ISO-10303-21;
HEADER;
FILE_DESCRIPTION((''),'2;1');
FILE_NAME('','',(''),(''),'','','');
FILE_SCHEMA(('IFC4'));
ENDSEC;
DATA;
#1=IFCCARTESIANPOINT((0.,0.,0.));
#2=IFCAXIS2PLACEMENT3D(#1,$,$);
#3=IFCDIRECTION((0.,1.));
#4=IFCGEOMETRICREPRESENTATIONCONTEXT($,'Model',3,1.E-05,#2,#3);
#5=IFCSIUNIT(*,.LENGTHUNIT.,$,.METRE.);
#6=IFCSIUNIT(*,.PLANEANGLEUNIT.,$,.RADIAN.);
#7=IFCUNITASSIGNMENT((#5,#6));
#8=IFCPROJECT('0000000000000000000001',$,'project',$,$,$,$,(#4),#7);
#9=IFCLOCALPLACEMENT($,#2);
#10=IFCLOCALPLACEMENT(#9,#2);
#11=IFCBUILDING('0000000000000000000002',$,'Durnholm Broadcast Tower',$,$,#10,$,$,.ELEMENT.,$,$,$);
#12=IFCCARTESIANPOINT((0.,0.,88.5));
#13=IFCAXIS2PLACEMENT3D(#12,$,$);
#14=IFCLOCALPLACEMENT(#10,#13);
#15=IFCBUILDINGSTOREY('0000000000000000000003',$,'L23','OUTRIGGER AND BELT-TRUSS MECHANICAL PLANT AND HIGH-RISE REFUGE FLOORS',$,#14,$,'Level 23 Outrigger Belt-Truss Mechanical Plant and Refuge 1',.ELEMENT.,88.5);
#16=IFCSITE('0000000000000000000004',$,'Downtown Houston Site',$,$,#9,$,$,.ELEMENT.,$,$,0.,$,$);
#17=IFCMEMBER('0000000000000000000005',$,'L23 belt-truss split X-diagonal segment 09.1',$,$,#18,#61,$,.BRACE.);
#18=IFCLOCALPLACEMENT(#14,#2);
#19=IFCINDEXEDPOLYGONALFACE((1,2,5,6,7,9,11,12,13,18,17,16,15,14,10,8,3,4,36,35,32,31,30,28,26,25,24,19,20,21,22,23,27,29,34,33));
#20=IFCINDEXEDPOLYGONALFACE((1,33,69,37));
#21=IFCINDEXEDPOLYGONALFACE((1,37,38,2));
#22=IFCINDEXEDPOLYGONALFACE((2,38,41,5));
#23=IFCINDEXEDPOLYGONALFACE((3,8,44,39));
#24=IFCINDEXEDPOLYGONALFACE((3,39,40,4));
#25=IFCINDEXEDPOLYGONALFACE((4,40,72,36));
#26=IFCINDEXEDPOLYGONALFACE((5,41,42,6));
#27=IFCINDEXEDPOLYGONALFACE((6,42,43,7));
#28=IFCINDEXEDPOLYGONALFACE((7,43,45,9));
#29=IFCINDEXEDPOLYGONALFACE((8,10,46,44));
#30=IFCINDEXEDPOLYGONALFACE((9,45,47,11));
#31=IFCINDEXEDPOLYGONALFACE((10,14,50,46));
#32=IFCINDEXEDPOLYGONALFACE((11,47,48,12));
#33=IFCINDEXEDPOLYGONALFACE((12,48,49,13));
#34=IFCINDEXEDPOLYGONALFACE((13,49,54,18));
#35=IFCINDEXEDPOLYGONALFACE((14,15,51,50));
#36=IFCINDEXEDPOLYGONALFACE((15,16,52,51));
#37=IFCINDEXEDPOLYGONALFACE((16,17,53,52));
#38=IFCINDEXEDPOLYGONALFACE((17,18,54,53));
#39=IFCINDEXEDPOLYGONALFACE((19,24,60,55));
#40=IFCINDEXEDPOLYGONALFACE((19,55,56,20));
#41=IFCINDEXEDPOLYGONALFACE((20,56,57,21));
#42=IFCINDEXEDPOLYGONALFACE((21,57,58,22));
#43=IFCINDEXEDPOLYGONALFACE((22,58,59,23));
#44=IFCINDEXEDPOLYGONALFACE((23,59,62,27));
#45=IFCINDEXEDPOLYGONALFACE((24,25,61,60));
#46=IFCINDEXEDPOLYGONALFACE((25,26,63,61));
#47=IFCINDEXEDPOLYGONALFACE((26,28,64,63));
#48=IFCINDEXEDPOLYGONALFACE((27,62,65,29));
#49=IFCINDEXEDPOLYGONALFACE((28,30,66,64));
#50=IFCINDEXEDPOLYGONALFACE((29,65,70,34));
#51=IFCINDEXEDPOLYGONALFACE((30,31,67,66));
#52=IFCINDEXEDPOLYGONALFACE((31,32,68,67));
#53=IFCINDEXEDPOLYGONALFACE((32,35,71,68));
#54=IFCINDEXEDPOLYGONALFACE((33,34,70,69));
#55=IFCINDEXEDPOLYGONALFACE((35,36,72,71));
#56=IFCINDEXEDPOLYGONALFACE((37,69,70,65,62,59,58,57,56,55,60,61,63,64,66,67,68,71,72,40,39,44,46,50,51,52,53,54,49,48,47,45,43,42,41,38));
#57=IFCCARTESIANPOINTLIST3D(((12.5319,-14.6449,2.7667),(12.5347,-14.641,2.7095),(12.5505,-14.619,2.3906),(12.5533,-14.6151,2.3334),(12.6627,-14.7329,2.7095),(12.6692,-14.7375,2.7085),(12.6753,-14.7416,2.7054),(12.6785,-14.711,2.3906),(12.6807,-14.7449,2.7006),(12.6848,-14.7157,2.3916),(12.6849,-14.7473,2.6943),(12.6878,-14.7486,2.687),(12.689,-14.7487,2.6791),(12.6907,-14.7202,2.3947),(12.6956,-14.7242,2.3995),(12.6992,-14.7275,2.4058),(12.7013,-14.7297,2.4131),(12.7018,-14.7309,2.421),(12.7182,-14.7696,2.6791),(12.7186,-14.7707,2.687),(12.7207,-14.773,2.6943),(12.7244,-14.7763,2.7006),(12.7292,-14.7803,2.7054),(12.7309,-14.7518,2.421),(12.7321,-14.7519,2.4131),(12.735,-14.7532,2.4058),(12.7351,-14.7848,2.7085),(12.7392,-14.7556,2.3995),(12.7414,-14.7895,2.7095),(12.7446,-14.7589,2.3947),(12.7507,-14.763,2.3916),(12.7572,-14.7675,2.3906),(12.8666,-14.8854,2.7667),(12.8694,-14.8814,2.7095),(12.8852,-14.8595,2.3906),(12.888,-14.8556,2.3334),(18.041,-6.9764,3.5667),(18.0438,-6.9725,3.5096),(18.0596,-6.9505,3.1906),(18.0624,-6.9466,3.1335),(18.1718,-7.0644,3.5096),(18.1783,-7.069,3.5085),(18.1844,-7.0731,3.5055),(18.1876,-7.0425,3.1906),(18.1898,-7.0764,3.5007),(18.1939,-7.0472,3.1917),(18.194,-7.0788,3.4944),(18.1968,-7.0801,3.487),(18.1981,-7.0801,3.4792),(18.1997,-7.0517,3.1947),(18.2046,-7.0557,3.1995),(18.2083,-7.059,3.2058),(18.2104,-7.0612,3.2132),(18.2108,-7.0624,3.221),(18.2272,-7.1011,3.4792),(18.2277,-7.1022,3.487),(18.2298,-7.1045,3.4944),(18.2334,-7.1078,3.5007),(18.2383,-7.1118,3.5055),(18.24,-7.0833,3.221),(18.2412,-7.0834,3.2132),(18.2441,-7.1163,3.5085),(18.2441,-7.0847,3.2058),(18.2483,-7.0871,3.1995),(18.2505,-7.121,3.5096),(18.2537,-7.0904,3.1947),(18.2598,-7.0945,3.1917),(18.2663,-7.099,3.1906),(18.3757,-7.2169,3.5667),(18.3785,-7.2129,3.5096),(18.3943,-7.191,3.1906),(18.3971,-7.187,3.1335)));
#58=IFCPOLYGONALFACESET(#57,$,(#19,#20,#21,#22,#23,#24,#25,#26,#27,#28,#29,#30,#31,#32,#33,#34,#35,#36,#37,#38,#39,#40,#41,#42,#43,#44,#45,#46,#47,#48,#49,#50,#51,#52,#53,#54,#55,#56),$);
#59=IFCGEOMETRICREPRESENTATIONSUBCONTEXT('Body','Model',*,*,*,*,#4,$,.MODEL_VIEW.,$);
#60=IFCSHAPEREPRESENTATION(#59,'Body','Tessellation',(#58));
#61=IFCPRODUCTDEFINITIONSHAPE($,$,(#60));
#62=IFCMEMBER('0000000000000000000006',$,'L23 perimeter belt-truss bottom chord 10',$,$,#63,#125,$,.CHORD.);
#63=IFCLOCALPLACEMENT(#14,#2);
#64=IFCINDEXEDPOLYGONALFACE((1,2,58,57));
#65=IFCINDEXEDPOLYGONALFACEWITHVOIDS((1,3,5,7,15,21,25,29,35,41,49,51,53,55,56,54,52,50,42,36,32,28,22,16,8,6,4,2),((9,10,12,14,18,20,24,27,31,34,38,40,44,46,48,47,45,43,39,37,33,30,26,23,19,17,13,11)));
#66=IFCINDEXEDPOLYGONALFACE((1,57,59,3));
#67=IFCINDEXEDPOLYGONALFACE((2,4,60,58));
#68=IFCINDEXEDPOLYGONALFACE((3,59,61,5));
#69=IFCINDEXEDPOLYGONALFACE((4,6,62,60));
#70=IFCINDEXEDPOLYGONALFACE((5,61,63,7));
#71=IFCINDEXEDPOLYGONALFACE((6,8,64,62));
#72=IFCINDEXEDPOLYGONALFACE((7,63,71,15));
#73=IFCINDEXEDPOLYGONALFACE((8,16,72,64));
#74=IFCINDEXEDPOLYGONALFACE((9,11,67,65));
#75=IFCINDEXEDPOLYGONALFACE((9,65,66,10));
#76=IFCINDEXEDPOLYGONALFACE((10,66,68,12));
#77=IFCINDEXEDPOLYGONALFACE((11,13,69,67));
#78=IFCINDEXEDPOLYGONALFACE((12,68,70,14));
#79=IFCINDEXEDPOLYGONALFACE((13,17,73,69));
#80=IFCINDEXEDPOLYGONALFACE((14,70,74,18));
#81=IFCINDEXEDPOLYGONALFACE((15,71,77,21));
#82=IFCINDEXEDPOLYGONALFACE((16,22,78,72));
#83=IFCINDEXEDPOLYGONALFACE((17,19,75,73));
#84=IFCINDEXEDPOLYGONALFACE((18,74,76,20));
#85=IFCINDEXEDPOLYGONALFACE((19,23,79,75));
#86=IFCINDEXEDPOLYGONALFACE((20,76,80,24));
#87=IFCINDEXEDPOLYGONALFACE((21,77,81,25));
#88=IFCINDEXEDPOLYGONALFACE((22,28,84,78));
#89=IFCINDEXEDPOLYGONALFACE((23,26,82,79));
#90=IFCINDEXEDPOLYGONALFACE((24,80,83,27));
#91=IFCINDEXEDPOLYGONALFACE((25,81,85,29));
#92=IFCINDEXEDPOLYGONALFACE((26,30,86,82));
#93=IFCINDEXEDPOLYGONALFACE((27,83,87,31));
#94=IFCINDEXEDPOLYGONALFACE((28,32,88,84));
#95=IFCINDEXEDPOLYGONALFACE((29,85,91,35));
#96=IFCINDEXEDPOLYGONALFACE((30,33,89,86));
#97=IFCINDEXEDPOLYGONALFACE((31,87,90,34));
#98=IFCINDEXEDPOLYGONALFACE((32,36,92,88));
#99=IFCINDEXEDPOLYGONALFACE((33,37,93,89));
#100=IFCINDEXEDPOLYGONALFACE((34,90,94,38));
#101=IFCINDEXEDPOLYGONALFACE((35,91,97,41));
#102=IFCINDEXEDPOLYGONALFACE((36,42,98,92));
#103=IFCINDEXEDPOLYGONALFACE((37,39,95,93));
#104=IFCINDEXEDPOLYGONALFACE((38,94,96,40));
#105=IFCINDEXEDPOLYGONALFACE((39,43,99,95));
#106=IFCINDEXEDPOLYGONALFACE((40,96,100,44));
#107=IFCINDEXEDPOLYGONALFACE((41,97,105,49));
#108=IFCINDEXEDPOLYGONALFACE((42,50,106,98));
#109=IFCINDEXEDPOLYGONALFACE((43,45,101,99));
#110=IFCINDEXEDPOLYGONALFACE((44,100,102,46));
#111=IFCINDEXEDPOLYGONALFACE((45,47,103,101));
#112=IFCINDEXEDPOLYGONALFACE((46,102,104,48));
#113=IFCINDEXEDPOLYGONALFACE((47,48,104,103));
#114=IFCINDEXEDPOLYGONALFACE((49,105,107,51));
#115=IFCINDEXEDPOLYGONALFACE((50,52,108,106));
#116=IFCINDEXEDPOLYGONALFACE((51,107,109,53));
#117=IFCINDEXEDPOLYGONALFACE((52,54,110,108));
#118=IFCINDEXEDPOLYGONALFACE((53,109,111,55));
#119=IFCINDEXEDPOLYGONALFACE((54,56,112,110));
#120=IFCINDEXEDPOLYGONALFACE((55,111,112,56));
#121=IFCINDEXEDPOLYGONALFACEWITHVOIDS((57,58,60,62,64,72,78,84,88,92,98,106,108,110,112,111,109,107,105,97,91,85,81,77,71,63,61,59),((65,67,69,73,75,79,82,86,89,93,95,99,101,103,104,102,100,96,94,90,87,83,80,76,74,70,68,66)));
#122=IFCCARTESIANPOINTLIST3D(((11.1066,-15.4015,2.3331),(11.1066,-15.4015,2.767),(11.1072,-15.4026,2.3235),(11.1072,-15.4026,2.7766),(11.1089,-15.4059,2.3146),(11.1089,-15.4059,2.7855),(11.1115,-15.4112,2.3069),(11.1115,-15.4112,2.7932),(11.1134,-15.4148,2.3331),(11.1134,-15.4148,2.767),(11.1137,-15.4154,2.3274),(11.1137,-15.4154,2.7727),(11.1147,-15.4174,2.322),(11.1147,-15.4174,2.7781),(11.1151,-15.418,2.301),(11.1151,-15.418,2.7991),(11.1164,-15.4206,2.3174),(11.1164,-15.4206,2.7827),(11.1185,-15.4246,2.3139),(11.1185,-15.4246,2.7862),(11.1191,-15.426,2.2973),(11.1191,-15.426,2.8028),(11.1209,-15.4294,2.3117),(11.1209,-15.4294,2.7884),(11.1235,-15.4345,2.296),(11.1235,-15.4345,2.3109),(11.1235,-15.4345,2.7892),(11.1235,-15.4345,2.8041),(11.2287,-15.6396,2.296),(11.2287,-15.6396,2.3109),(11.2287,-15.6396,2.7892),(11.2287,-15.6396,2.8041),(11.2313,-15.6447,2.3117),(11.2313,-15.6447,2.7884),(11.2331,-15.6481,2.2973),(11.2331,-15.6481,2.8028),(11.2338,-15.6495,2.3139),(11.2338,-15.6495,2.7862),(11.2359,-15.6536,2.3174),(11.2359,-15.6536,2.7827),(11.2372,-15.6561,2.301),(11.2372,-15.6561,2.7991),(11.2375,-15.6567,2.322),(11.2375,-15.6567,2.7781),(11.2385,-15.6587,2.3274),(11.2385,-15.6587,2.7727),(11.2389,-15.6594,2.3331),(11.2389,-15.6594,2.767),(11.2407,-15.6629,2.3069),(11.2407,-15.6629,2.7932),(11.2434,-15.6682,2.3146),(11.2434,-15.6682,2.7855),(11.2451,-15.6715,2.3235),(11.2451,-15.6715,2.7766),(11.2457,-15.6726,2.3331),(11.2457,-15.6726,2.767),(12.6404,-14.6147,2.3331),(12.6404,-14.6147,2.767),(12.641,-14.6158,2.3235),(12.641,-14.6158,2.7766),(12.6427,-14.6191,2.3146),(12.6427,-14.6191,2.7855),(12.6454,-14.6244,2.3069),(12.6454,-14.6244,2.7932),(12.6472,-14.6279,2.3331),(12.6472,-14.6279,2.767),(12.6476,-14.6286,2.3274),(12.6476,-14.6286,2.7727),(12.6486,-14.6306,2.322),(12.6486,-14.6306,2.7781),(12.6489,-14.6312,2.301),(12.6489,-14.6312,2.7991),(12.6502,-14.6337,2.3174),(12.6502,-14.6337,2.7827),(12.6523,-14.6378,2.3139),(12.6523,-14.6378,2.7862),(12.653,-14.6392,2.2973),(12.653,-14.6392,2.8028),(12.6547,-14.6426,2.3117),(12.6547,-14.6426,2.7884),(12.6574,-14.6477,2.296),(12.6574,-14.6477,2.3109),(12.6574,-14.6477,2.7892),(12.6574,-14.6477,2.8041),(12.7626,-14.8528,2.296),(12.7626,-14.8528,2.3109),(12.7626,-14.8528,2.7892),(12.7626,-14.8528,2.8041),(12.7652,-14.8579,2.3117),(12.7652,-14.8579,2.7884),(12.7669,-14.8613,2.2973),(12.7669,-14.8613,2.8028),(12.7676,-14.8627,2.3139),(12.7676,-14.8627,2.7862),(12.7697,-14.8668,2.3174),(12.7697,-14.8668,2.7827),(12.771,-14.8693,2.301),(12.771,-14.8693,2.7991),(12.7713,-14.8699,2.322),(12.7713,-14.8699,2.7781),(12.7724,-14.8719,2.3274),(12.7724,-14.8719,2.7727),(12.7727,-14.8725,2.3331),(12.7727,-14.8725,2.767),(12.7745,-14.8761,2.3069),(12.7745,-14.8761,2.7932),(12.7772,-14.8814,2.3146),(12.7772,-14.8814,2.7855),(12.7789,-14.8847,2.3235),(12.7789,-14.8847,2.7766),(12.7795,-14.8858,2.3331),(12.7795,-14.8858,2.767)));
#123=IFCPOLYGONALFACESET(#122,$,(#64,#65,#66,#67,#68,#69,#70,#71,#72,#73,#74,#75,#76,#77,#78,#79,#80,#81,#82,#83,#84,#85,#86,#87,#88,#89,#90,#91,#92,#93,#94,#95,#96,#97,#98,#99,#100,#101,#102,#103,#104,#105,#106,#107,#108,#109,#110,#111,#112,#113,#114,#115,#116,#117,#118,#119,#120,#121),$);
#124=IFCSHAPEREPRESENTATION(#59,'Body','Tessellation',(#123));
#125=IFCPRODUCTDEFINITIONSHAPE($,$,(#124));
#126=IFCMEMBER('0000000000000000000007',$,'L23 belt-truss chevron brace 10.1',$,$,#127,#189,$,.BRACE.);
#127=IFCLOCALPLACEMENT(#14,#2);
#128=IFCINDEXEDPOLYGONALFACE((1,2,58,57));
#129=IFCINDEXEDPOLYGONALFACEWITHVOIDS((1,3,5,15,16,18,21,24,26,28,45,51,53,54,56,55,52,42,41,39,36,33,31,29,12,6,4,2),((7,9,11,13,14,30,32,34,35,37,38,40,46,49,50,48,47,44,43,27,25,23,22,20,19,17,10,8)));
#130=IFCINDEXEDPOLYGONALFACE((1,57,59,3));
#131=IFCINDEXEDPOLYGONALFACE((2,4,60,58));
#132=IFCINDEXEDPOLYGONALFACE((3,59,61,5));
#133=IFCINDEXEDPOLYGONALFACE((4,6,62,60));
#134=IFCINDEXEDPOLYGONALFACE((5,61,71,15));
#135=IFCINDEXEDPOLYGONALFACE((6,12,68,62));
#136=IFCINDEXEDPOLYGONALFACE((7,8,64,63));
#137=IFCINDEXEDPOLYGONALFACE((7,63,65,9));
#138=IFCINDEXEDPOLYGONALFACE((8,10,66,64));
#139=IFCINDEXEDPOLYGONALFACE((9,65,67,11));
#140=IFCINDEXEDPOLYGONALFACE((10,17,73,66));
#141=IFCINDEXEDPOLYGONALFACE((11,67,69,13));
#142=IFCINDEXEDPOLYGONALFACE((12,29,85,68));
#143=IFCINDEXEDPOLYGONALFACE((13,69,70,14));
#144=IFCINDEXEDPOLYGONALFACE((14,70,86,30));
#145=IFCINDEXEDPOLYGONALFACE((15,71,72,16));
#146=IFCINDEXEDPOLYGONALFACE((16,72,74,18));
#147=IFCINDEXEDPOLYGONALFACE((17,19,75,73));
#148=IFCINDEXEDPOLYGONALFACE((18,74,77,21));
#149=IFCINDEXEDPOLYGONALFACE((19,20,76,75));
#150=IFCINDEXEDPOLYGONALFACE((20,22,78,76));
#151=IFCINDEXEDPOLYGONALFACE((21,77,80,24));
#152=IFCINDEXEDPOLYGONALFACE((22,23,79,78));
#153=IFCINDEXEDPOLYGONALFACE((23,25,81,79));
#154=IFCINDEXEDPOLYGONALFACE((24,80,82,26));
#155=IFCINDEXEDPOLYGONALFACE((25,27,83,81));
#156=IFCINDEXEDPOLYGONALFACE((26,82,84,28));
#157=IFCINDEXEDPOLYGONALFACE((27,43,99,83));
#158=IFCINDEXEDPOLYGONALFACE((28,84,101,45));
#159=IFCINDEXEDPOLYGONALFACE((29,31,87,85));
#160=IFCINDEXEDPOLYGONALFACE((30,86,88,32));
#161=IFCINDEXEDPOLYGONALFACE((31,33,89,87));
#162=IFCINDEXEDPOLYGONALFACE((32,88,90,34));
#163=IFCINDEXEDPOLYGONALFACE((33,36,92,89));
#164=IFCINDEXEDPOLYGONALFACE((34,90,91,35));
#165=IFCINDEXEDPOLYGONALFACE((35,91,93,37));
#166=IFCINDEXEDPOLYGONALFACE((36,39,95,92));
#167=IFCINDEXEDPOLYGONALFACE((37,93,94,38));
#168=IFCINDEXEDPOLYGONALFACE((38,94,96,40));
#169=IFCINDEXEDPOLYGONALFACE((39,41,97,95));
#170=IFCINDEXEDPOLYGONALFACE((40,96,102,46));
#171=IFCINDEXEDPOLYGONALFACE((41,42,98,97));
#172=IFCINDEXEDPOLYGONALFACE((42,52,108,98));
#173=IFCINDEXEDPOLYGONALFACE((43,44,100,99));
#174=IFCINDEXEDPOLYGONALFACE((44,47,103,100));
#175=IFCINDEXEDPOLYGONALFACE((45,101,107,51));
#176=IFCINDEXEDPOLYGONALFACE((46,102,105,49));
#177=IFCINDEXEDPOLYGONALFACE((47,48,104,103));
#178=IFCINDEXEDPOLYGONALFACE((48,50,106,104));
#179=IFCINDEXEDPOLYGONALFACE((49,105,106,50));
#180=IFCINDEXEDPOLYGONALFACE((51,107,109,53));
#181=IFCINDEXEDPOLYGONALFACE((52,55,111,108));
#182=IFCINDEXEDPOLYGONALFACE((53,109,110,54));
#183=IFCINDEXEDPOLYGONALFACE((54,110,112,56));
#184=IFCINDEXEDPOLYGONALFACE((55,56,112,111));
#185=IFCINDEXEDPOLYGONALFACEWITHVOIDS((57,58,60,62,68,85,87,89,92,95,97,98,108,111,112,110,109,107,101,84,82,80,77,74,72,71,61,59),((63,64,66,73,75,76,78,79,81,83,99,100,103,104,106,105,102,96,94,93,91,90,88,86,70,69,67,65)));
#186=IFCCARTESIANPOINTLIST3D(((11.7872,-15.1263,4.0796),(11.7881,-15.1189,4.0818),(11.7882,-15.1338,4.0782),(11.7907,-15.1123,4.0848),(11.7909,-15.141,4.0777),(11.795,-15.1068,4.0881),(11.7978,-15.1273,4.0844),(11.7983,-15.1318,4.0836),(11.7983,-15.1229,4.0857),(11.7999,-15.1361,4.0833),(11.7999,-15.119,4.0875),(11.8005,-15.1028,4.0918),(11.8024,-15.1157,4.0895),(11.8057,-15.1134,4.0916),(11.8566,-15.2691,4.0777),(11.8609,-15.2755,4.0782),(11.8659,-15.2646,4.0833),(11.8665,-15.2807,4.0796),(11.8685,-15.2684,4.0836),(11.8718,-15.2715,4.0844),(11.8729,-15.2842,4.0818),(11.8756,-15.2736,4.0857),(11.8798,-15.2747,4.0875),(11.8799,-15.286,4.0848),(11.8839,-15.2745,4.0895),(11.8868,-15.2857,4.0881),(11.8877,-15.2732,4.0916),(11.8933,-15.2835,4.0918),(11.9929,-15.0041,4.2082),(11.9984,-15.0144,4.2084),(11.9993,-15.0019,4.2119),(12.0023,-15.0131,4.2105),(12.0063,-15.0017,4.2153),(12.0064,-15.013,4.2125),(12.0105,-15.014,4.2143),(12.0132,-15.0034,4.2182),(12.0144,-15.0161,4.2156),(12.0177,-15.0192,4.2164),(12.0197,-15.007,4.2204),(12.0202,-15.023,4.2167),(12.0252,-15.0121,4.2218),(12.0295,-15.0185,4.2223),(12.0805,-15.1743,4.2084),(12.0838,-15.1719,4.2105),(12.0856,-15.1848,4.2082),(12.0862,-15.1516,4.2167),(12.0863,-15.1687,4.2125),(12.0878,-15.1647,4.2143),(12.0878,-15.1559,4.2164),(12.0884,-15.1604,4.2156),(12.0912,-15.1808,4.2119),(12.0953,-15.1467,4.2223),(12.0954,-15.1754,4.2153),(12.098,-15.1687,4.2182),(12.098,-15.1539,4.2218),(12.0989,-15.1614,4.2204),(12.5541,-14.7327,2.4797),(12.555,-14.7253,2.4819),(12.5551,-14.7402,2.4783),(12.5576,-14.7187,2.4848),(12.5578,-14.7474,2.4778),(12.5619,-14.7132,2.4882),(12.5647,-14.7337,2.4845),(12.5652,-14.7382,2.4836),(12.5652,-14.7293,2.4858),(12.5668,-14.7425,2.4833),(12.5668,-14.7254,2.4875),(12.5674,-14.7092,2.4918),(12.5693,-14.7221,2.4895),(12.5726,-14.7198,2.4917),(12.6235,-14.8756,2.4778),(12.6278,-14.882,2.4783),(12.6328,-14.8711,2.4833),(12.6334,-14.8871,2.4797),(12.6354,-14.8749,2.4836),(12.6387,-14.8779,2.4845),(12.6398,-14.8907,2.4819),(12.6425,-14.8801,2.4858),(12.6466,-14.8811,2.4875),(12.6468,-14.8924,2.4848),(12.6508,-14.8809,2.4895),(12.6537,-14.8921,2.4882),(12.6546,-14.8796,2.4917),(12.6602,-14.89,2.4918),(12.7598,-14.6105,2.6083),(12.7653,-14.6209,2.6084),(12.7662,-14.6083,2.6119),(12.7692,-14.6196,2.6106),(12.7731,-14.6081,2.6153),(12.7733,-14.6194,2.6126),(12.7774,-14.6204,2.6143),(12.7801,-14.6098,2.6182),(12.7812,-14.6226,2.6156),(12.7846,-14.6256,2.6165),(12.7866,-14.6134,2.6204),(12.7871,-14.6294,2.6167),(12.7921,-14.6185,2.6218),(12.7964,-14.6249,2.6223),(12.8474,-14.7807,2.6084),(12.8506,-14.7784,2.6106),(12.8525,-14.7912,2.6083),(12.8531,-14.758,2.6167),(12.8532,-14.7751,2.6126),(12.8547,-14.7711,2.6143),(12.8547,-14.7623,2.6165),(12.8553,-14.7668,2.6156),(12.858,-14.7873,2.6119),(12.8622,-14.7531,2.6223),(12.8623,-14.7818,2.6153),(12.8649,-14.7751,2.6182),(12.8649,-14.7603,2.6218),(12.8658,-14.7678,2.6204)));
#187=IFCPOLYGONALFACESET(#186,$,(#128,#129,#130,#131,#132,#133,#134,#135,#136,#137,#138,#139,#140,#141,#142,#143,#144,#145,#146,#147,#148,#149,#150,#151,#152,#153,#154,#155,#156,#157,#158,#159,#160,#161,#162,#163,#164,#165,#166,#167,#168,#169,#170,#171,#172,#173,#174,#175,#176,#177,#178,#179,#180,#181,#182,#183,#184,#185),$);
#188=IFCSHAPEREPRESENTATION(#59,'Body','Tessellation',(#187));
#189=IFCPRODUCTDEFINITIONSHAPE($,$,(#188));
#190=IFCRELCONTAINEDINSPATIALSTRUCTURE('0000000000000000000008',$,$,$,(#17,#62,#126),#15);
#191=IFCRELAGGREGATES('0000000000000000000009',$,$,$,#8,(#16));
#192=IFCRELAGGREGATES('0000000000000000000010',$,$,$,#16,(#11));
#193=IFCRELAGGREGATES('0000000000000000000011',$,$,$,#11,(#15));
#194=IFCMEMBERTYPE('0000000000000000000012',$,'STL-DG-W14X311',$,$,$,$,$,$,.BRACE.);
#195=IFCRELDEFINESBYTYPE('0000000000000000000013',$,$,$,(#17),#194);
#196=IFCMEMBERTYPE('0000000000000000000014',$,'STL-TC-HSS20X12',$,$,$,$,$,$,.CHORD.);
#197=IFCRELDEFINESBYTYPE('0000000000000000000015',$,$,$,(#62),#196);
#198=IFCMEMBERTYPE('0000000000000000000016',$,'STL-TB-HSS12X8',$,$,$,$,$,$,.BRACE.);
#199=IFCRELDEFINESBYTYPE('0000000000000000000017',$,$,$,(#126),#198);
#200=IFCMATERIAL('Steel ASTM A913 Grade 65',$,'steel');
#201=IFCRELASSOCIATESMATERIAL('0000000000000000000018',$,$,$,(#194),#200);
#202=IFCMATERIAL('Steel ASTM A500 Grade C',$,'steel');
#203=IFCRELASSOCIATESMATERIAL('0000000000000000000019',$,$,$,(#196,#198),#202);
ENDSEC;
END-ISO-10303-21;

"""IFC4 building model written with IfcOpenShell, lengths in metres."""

from ifc_helpers import new_model, si_unit, direction, frame, origin, origin_2d, place, context, subcontext, project, spatial, hollow_rectangle, i_section, extrude, source, transform, mapped, material, material_profile, profile_set, type_object, type_shapes, element, save


model = new_model("IFC4")

# Units and contexts
model_context = context("Model", 3, precision=1e-05, world=origin(), true_north=direction((0.0, 1.0)))
body_context = subcontext(model_context, "Body", "Model", "MODEL_VIEW")
ifc_project = project(units=[si_unit("LENGTHUNIT", "METRE"), si_unit("PLANEANGLEUNIT", "RADIAN")], contexts=[model_context])

# Site, building, storey
site_placement = place(None, origin())
site = spatial("IfcSite", under=ifc_project, at=site_placement, Name="Downtown Houston Site", CompositionType="ELEMENT", RefElevation=0.0)
building_placement = place(site_placement, origin())
building = spatial("IfcBuilding", under=site, at=building_placement, Name="Durnholm Broadcast Tower", CompositionType="ELEMENT")
storey_placement = place(building_placement, frame((0.0, 0.0, 88.5)))
storey = spatial("IfcBuildingStorey", under=building, at=storey_placement, Name="L23", Description="OUTRIGGER AND BELT-TRUSS MECHANICAL PLANT AND HIGH-RISE REFUGE FLOORS", LongName="Level 23 Outrigger Belt-Truss Mechanical Plant and Refuge 1", CompositionType="ELEMENT", Elevation=88.5)

# Members
ifc_material_1 = material(Name="Steel ASTM A913 Grade 65", Category="steel")
ifc_material_profile_1 = material_profile(ifc_material_1, i_section(OverallWidth=0.4121, OverallDepth=0.4348, WebThickness=0.0359, FlangeThickness=0.0574, FilletRadius=0.0305, at=origin_2d()), Name="W14X311")
ifc_profile_set_1 = profile_set([ifc_material_profile_1], Name="Steel ASTM A913 Grade 65")
member_type_1 = type_object("IfcMemberType", Name="STL-DG-W14X311", PredefinedType="BRACE", material=ifc_profile_set_1)
shared_shape_1 = source(origin(), body_context, "Body", "SweptSolid", [
    extrude(i_section(OverallWidth=0.4121, OverallDepth=0.4348, WebThickness=0.0359, FlangeThickness=0.0574, FilletRadius=0.0305, at=origin_2d()), origin(), (0.0, 0.0, 1.0), 9.4761),
])
type_shapes(member_type_1, [shared_shape_1])
member_1_placement = place(storey_placement, frame((12.71, -14.7502, 2.55), z_axis=(0.581366, 0.80925, 0.084429), x_axis=(-0.812149, 0.58345, 0.0)))
element("IfcMember", 1, at=member_1_placement, inside=storey, type_object=member_type_1, Name="L23 belt-truss split X-diagonal segment 09.1", PredefinedType="BRACE", context=body_context, shape_type="MappedRepresentation", body=[
    mapped(shared_shape_1, transform((0.0, 0.0, 0.0), x_axis=(1.0, 0.0, 0.0), y_axis=(0.0, 1.0, 0.0), z_axis=(0.0, 0.0, 1.0), scale=1.0)),
])
ifc_material_2 = material(Name="Steel ASTM A500 Grade C", Category="steel")
ifc_material_profile_2 = material_profile(ifc_material_2, hollow_rectangle(XDim=0.3047, YDim=0.5081, WallThickness=0.0149, InnerFilletRadius=0.0222, OuterFilletRadius=0.0371, at=origin_2d()), Name="HSS20X12X5/8")
ifc_profile_set_2 = profile_set([ifc_material_profile_2], Name="Steel ASTM A500 Grade C")
member_type_2 = type_object("IfcMemberType", Name="STL-TC-HSS20X12", PredefinedType="CHORD", material=ifc_profile_set_2)
shared_shape_2 = source(origin(), body_context, "Body", "SweptSolid", [
    extrude(hollow_rectangle(XDim=0.3047, YDim=0.5081, WallThickness=0.0149, InnerFilletRadius=0.0222, OuterFilletRadius=0.0371, at=origin_2d()), origin(), (0.0, 0.0, 1.0), 1.7239),
])
type_shapes(member_type_2, [shared_shape_2])
member_2_placement = place(storey_placement, frame((12.71, -14.7502, 2.55), z_axis=(-0.889763, -0.456423, 0.0), x_axis=(0.456423, -0.889763, 0.0)))
element("IfcMember", 2, at=member_2_placement, inside=storey, type_object=member_type_2, Name="L23 perimeter belt-truss bottom chord 10", PredefinedType="CHORD", context=body_context, shape_type="MappedRepresentation", body=[
    mapped(shared_shape_2, transform((0.0, 0.0, 0.0), x_axis=(1.0, 0.0, 0.0), y_axis=(0.0, 1.0, 0.0), z_axis=(0.0, 0.0, 1.0), scale=1.0)),
])
ifc_material_profile_3 = material_profile(ifc_material_2, hollow_rectangle(XDim=0.2031, YDim=0.3047, WallThickness=0.0117, InnerFilletRadius=0.0176, OuterFilletRadius=0.0295, at=origin_2d()), Name="HSS12X8X1/2")
ifc_profile_set_3 = profile_set([ifc_material_profile_3], Name="Steel ASTM A500 Grade C")
member_type_3 = type_object("IfcMemberType", Name="STL-TB-HSS12X8", PredefinedType="BRACE", material=ifc_profile_set_3)
shared_shape_3 = source(origin(), body_context, "Body", "SweptSolid", [
    extrude(hollow_rectangle(XDim=0.2031, YDim=0.3047, WallThickness=0.0117, InnerFilletRadius=0.0176, OuterFilletRadius=0.0295, at=origin_2d()), origin(), (0.0, 0.0, 1.0), 1.8174),
])
type_shapes(member_type_3, [shared_shape_3])
member_3_placement = place(storey_placement, frame((12.71, -14.7502, 2.55), z_axis=(-0.421977, -0.216564, 0.880361), x_axis=(0.456593, -0.889676, 0.0)))
element("IfcMember", 3, at=member_3_placement, inside=storey, type_object=member_type_3, Name="L23 belt-truss chevron brace 10.1", PredefinedType="BRACE", context=body_context, shape_type="MappedRepresentation", body=[
    mapped(shared_shape_3, transform((0.0, 0.0, 0.0), x_axis=(1.0, 0.0, 0.0), y_axis=(0.0, 1.0, 0.0), z_axis=(0.0, 0.0, 1.0), scale=1.0)),
])

save(model, "model.ifc")
